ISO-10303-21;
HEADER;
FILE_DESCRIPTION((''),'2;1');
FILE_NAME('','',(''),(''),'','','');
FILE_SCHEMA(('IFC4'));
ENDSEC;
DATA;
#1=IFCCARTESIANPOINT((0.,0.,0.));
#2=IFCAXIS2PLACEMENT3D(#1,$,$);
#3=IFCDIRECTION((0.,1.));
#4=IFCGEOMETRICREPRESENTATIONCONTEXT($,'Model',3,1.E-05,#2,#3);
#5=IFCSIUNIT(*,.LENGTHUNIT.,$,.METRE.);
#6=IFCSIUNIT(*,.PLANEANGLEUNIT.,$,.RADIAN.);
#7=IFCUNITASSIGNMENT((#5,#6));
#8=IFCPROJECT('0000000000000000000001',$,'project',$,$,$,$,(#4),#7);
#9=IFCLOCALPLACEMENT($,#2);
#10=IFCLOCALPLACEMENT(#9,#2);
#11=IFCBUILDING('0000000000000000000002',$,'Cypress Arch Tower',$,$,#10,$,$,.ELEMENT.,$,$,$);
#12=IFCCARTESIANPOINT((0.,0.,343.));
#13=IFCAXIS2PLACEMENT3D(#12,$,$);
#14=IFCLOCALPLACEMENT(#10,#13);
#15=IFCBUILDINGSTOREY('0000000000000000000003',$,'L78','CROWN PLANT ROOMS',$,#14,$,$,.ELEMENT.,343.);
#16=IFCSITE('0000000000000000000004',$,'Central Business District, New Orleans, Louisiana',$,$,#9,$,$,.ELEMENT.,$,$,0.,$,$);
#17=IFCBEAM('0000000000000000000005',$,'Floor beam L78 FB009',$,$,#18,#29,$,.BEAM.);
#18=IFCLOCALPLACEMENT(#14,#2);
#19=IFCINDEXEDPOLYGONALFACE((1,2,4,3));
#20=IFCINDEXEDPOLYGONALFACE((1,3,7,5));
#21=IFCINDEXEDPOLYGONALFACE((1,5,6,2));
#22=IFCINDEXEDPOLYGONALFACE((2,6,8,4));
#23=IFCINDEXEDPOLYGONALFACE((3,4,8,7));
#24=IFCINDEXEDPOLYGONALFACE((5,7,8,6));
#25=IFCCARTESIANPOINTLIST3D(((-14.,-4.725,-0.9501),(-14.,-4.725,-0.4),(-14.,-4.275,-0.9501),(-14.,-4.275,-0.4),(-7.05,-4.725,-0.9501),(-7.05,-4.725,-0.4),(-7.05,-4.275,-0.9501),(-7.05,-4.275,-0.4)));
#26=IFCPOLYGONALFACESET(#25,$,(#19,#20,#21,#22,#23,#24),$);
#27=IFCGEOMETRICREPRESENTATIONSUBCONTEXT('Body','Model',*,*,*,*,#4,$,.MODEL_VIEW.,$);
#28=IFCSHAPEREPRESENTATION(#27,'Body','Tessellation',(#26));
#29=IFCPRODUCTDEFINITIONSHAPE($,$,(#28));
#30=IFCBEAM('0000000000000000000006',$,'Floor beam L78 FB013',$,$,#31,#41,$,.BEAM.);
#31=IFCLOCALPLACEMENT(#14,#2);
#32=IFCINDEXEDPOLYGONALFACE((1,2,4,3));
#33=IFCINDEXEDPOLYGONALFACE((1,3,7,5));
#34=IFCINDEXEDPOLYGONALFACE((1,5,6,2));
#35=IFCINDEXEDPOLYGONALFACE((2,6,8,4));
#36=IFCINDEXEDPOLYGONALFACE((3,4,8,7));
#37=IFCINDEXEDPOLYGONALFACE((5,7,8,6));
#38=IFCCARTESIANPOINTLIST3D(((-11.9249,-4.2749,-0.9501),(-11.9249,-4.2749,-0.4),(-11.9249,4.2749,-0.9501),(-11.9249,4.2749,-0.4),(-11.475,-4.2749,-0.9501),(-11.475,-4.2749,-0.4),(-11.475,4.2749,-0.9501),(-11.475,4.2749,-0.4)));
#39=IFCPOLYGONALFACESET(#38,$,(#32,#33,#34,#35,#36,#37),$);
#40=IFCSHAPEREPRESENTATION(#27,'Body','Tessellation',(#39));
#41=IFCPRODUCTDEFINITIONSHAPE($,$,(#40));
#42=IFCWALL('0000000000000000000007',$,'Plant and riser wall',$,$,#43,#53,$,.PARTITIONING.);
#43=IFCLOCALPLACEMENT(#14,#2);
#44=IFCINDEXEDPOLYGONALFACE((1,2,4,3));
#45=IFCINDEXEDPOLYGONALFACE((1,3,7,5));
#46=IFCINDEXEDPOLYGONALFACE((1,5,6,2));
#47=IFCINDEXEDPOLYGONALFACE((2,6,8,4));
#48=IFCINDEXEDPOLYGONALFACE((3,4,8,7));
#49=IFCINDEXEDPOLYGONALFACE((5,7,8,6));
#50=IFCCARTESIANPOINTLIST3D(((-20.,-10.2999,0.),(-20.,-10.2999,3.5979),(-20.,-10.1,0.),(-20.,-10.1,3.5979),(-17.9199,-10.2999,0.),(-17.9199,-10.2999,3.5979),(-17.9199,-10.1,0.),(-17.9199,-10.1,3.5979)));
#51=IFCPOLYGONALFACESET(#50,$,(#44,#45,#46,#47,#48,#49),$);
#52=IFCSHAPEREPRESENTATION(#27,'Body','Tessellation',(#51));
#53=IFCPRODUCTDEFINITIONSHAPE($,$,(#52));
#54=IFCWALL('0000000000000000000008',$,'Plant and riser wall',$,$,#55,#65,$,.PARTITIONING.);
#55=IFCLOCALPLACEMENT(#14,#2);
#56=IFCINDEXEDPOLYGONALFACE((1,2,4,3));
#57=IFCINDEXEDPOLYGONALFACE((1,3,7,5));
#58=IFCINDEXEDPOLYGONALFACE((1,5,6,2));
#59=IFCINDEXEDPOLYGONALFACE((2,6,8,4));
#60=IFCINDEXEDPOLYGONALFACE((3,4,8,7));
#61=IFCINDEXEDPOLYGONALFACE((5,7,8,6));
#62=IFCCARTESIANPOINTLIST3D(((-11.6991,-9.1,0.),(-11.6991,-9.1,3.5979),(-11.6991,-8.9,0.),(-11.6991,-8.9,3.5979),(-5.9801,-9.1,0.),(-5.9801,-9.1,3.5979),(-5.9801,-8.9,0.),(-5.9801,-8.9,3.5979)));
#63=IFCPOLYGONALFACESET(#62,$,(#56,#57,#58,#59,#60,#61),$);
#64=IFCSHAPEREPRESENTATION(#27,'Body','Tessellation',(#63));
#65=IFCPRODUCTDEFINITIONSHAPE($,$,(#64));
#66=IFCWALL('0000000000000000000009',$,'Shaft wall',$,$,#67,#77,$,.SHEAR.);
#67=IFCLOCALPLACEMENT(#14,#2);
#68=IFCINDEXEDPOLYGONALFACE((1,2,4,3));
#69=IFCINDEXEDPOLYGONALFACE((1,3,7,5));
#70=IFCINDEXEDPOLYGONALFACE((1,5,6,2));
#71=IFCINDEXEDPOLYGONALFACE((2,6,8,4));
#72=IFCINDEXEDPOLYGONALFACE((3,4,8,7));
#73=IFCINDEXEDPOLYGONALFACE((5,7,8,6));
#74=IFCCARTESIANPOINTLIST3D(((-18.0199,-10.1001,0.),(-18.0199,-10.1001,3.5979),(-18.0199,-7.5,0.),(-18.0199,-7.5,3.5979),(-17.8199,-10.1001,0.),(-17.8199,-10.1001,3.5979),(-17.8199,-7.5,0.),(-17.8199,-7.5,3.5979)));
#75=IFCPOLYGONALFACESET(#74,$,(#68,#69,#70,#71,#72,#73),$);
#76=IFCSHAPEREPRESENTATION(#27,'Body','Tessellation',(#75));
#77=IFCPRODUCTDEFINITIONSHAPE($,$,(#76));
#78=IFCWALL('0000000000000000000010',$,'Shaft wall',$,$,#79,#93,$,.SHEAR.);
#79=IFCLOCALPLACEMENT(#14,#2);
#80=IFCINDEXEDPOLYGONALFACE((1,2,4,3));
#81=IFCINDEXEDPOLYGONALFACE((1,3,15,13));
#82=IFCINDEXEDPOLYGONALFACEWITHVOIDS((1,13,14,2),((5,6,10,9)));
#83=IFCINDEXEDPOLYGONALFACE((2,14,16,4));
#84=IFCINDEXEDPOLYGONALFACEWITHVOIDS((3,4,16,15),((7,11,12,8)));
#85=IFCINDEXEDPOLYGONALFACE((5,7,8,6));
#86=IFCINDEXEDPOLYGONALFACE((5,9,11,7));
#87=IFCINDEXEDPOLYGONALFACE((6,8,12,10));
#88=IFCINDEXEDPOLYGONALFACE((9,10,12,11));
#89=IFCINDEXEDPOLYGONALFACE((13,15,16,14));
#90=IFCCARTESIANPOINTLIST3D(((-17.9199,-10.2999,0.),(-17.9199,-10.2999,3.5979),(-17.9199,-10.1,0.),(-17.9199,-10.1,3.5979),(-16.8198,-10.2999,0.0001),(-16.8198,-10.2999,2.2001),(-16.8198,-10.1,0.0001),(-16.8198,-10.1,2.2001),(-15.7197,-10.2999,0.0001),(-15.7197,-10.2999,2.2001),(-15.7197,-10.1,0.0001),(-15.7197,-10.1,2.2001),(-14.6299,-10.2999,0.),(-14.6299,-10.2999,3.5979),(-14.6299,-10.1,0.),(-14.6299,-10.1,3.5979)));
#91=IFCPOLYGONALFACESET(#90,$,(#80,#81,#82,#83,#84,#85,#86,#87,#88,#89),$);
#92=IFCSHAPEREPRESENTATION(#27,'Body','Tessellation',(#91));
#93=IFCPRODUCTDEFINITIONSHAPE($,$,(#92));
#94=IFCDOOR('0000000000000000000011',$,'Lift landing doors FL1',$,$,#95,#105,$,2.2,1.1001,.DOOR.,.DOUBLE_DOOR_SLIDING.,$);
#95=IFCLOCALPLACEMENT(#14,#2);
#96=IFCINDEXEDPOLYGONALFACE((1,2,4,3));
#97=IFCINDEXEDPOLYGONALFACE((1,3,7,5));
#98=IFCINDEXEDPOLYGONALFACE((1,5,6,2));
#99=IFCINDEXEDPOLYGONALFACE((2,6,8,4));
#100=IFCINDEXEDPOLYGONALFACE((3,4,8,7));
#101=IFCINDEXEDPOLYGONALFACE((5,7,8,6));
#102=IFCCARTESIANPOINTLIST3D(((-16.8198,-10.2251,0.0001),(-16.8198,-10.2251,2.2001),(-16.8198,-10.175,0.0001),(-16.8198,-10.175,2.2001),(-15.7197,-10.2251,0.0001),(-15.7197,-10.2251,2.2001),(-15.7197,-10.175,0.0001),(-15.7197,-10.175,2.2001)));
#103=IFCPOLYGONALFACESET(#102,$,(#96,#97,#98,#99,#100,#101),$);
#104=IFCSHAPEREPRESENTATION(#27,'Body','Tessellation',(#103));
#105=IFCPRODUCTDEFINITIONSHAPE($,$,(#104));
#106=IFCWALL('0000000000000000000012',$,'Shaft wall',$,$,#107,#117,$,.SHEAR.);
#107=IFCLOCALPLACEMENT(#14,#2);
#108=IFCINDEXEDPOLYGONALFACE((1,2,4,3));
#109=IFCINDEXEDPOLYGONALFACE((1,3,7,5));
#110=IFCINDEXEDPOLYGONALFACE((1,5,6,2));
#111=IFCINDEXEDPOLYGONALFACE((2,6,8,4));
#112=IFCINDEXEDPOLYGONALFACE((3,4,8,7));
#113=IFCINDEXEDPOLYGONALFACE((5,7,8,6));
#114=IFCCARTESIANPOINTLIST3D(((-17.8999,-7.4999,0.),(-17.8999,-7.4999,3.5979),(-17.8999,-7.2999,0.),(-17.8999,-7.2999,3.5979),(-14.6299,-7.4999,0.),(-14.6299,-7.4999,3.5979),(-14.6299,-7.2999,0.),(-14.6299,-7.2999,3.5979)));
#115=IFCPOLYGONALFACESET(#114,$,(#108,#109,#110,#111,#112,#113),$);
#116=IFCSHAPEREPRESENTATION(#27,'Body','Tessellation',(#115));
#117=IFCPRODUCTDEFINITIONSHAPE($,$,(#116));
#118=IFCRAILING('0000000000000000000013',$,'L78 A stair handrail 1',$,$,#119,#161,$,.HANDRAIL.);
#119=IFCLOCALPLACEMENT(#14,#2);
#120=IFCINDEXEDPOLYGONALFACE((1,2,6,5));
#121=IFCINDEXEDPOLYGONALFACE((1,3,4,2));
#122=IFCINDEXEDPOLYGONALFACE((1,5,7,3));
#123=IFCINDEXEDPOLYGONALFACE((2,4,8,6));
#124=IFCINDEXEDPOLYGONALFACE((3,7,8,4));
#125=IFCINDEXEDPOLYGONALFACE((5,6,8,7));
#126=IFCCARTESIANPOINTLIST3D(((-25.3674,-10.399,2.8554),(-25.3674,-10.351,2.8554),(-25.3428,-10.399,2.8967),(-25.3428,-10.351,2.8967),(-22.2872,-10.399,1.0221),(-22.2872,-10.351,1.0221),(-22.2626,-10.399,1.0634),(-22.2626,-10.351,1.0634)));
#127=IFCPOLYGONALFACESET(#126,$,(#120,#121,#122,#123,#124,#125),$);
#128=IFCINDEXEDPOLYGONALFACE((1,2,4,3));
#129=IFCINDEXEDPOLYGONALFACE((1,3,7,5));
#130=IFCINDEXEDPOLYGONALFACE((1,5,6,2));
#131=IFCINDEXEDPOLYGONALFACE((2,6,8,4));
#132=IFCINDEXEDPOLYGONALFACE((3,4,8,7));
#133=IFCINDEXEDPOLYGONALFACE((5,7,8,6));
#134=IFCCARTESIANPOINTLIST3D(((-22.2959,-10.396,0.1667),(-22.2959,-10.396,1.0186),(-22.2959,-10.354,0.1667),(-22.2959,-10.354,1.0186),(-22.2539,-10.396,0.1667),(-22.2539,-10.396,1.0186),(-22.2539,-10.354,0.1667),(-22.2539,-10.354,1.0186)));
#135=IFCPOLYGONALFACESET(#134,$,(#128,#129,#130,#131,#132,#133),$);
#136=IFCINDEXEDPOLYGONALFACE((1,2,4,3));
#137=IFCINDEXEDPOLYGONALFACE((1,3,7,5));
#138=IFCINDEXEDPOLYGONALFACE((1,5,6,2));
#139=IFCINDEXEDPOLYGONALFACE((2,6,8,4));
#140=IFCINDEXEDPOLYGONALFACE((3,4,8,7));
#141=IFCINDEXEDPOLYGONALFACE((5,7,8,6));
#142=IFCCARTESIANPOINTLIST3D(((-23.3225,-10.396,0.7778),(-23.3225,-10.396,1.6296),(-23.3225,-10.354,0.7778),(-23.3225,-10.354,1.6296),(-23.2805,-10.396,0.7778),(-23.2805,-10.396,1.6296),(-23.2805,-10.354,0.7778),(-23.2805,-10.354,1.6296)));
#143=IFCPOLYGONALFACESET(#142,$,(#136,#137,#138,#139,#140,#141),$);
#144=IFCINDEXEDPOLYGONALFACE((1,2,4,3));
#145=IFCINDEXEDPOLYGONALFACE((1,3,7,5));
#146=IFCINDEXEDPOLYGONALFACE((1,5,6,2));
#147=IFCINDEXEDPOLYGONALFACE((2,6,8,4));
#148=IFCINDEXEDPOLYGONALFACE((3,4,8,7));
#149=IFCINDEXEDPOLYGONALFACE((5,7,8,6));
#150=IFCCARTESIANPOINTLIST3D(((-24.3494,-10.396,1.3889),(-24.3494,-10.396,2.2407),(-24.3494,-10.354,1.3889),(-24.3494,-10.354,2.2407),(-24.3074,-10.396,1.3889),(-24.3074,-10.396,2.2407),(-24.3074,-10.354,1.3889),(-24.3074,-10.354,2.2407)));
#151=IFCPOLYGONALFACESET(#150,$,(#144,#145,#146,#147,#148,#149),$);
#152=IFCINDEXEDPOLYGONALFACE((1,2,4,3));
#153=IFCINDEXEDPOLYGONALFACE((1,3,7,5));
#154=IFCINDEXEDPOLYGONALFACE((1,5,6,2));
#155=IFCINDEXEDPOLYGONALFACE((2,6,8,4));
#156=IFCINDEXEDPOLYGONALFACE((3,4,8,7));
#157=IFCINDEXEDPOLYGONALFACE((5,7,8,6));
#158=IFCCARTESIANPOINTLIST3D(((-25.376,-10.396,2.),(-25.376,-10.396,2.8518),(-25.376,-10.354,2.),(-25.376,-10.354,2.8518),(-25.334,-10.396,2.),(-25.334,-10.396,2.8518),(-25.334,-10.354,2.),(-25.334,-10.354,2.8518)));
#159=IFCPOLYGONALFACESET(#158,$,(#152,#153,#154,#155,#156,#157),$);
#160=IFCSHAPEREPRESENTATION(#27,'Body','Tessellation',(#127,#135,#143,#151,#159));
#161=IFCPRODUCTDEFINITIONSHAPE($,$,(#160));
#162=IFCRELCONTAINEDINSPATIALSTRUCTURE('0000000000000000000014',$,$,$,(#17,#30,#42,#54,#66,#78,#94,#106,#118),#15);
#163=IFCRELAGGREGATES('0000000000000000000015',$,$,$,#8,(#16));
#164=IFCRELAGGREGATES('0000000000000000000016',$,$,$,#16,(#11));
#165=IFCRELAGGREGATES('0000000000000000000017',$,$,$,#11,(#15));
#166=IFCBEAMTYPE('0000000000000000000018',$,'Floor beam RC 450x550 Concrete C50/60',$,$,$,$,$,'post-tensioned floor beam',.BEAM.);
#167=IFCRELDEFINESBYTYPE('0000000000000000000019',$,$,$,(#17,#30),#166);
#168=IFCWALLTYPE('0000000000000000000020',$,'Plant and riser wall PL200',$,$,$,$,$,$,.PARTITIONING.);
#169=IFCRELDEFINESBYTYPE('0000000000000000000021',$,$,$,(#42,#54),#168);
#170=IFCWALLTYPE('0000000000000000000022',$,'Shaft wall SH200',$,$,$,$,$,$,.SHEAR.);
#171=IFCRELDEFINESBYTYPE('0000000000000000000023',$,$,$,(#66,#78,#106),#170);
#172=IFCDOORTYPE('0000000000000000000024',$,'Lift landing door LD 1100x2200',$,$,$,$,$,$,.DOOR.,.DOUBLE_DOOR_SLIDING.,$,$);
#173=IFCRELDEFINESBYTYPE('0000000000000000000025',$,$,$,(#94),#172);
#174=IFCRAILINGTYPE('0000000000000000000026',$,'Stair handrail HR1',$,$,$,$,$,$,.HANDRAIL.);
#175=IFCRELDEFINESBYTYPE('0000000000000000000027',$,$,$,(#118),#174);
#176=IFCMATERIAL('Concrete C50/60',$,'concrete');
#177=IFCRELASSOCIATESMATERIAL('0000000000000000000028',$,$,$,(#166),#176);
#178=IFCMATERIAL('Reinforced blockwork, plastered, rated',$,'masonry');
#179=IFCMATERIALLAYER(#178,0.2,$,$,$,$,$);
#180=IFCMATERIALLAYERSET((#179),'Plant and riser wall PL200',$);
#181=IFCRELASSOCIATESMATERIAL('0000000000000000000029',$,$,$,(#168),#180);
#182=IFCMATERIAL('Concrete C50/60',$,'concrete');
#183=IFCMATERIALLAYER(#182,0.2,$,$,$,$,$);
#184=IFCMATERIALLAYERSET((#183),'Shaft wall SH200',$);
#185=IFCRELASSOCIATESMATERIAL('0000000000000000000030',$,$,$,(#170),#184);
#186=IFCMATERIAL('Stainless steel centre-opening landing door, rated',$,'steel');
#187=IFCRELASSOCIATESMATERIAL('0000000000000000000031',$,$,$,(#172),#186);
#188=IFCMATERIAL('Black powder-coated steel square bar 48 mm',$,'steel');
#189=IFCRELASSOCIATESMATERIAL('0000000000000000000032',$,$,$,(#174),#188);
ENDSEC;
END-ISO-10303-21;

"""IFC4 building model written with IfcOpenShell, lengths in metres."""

from ifc_helpers import new_model, si_unit, direction, frame, frame_2d, origin, origin_2d, place, context, subcontext, project, spatial, rectangle, extrude, material, layer, layer_set, material_profile, profile_set, type_object, element, fill, save


model = new_model("IFC4")

# Units and contexts
model_context = context("Model", 3, precision=1e-05, world=origin(), true_north=direction((0.0, 1.0)))
body_context = subcontext(model_context, "Body", "Model", "MODEL_VIEW")
ifc_project = project(units=[si_unit("LENGTHUNIT", "METRE"), si_unit("PLANEANGLEUNIT", "RADIAN")], contexts=[model_context])

# Site, building, storey
site_placement = place(None, origin())
site = spatial("IfcSite", under=ifc_project, at=site_placement, Name="Central Business District, New Orleans, Louisiana", CompositionType="ELEMENT", RefElevation=0.0)
building_placement = place(site_placement, origin())
building = spatial("IfcBuilding", under=site, at=building_placement, Name="Cypress Arch Tower", CompositionType="ELEMENT")
storey_placement = place(building_placement, frame((0.0, 0.0, 343.0)))
storey = spatial("IfcBuildingStorey", under=building, at=storey_placement, Name="L78", Description="CROWN PLANT ROOMS", CompositionType="ELEMENT", Elevation=343.0)

# Beams
ifc_material_1 = material(Name="Concrete C50/60", Category="concrete")
ifc_material_profile = material_profile(ifc_material_1, rectangle(XDim=0.45, YDim=0.55, at=origin_2d()), Name="RC 450x550")
ifc_profile_set = profile_set([ifc_material_profile], Name="Concrete C50/60")
beam_type = type_object("IfcBeamType", Name="Floor beam RC 450x550 Concrete C50/60", ElementType="post-tensioned floor beam", PredefinedType="BEAM", material=ifc_profile_set)
beam_1_placement = place(storey_placement, frame((-14.0, -4.5, -0.675), z_axis=(1.0, 0.0, 0.0), x_axis=(0.0, 1.0, 0.0)))
element("IfcBeam", 1, at=beam_1_placement, inside=storey, type_object=beam_type, Name="Floor beam L78 FB009", PredefinedType="BEAM", context=body_context, shape_type="SweptSolid", body=[
    extrude(rectangle(XDim=0.45, YDim=0.55, at=origin_2d()), origin(), (0.0, 0.0, 1.0), 6.95),
])
beam_2_placement = place(storey_placement, frame((-11.7, -4.2749, -0.675), z_axis=(0.0, 1.0, 0.0), x_axis=(-1.0, 0.0, 0.0)))
element("IfcBeam", 2, at=beam_2_placement, inside=storey, type_object=beam_type, Name="Floor beam L78 FB013", PredefinedType="BEAM", context=body_context, shape_type="SweptSolid", body=[
    extrude(rectangle(XDim=0.45, YDim=0.55, at=origin_2d()), origin(), (0.0, 0.0, 1.0), 8.5498),
])

# Wall
ifc_material_2 = material(Name="Reinforced blockwork, plastered, rated", Category="masonry")
ifc_layer_1 = layer(ifc_material_2, 0.2)
ifc_layer_set_1 = layer_set([ifc_layer_1], Name="Plant and riser wall PL200")
wall_type_1 = type_object("IfcWallType", Name="Plant and riser wall PL200", PredefinedType="PARTITIONING", material=ifc_layer_set_1)
wall_1_placement = place(storey_placement, frame((-20.0, -10.2, 0.0), z_axis=(0.0, 0.0, 1.0), x_axis=(1.0, 0.0, 0.0)))
element("IfcWall", 3, at=wall_1_placement, inside=storey, type_object=wall_type_1, Name="Plant and riser wall", PredefinedType="PARTITIONING", context=body_context, shape_type="SweptSolid", body=[
    extrude(rectangle(XDim=2.0801, YDim=0.2, at=frame_2d((1.04, 0.0))), origin(), (0.0, 0.0, 1.0), 3.5979),
])

# Walls
wall_2_placement = place(storey_placement, frame((-11.699, -9.0, 0.0), z_axis=(0.0, 0.0, 1.0), x_axis=(1.0, 0.0, 0.0)))
element("IfcWall", 4, at=wall_2_placement, inside=storey, type_object=wall_type_1, Name="Plant and riser wall", PredefinedType="PARTITIONING", context=body_context, shape_type="SweptSolid", body=[
    extrude(rectangle(XDim=5.719, YDim=0.2, at=frame_2d((2.8594, 0.0))), origin(), (0.0, 0.0, 1.0), 3.5979),
])
ifc_material_3 = material(Name="Concrete C50/60", Category="concrete")
ifc_layer_2 = layer(ifc_material_3, 0.2)
ifc_layer_set_2 = layer_set([ifc_layer_2], Name="Shaft wall SH200")
wall_type_2 = type_object("IfcWallType", Name="Shaft wall SH200", PredefinedType="SHEAR", material=ifc_layer_set_2)
wall_3_placement = place(storey_placement, frame((-17.9199, -10.1001, 0.0), z_axis=(0.0, 0.0, 1.0), x_axis=(0.0, 1.0, 0.0)))
element("IfcWall", 5, at=wall_3_placement, inside=storey, type_object=wall_type_2, Name="Shaft wall", PredefinedType="SHEAR", context=body_context, shape_type="SweptSolid", body=[
    extrude(rectangle(XDim=2.6001, YDim=0.2, at=frame_2d((1.3, 0.0))), origin(), (0.0, 0.0, 1.0), 3.5979),
])

# Wall, opening, door
wall_4_placement = place(storey_placement, frame((-17.9199, -10.2, 0.0), z_axis=(0.0, 0.0, 1.0), x_axis=(1.0, 0.0, 0.0)))
wall_4 = element("IfcWall", 6, at=wall_4_placement, inside=storey, type_object=wall_type_2, Name="Shaft wall", PredefinedType="SHEAR", context=body_context, shape_type="SweptSolid", body=[
    extrude(rectangle(XDim=3.29, YDim=0.2, at=frame_2d((1.645, 0.0))), origin(), (0.0, 0.0, 1.0), 3.5979),
])
opening_1_placement = place(wall_4_placement, frame((1.1001, 0.0, 0.0)))
opening_1 = element("IfcOpeningElement", 7, at=opening_1_placement, cuts=wall_4, PredefinedType="OPENING", context=body_context, shape_type="SweptSolid", body=[
    extrude(rectangle(XDim=1.1001, YDim=2.2, at=frame_2d((0.55, 1.1001))), frame((0.0, 0.1099, 0.0), z_axis=(0.0, -1.0, 0.0), x_axis=(1.0, 0.0, 0.0)), (0.0, 0.0, 1.0), 0.22),
])
ifc_material_4 = material(Name="Stainless steel centre-opening landing door, rated", Category="steel")
door_type_1 = type_object("IfcDoorType", Name="Lift landing door LD 1100x2200", OperationType="DOUBLE_DOOR_SLIDING", PredefinedType="DOOR", material=ifc_material_4)
door_1_placement = place(opening_1_placement, origin())
door_1 = element("IfcDoor", 8, at=door_1_placement, inside=storey, type_object=door_type_1, Name="Lift landing doors FL1", OperationType="DOUBLE_DOOR_SLIDING", OverallHeight=2.2, OverallWidth=1.1001, PredefinedType="DOOR", context=body_context, shape_type="SweptSolid", body=[
    extrude(rectangle(XDim=1.1001, YDim=2.2, at=frame_2d((0.55, 1.1001))), frame((0.0, 0.0249, 0.0), z_axis=(0.0, -1.0, 0.0), x_axis=(1.0, 0.0, 0.0)), (0.0, 0.0, 1.0), 0.05),
])
fill(opening_1, door_1)

# Wall
wall_5_placement = place(storey_placement, frame((-17.8999, -7.3999, 0.0), z_axis=(0.0, 0.0, 1.0), x_axis=(1.0, 0.0, 0.0)))
element("IfcWall", 9, at=wall_5_placement, inside=storey, type_object=wall_type_2, Name="Shaft wall", PredefinedType="SHEAR", context=body_context, shape_type="SweptSolid", body=[
    extrude(rectangle(XDim=3.27, YDim=0.2, at=frame_2d((1.635, 0.0))), origin(), (0.0, 0.0, 1.0), 3.5979),
])

# Railing
ifc_material_5 = material(Name="Black powder-coated steel square bar 48 mm", Category="steel")
railing_type_1 = type_object("IfcRailingType", Name="Stair handrail HR1", PredefinedType="HANDRAIL", material=ifc_material_5)
railing_1_placement = place(storey_placement, frame((-22.2749, -10.375, 0.1667)))
element("IfcRailing", 10, at=railing_1_placement, inside=storey, type_object=railing_type_1, Name="L78 A stair handrail 1", PredefinedType="HANDRAIL", context=body_context, shape_type="SweptSolid", body=[
    extrude(rectangle(XDim=0.0481, YDim=0.0481, at=origin_2d()), frame((0.0, 0.0, 0.876), z_axis=(-0.859309, 0.0, 0.511458), x_axis=(0.0, -1.0, 0.0)), (0.0, 0.0, 1.0), 3.5845),
    extrude(rectangle(XDim=0.042, YDim=0.042, at=origin_2d()), origin(), (0.0, 0.0, 1.0), 0.8518),
    extrude(rectangle(XDim=0.042, YDim=0.042, at=origin_2d()), frame((-1.0266, 0.0, 0.6111)), (0.0, 0.0, 1.0), 0.8518),
    extrude(rectangle(XDim=0.042, YDim=0.042, at=origin_2d()), frame((-2.0535, 0.0, 1.2222)), (0.0, 0.0, 1.0), 0.8518),
    extrude(rectangle(XDim=0.042, YDim=0.042, at=origin_2d()), frame((-3.0801, 0.0, 1.8333)), (0.0, 0.0, 1.0), 0.8518),
])

save(model, "model.ifc")
